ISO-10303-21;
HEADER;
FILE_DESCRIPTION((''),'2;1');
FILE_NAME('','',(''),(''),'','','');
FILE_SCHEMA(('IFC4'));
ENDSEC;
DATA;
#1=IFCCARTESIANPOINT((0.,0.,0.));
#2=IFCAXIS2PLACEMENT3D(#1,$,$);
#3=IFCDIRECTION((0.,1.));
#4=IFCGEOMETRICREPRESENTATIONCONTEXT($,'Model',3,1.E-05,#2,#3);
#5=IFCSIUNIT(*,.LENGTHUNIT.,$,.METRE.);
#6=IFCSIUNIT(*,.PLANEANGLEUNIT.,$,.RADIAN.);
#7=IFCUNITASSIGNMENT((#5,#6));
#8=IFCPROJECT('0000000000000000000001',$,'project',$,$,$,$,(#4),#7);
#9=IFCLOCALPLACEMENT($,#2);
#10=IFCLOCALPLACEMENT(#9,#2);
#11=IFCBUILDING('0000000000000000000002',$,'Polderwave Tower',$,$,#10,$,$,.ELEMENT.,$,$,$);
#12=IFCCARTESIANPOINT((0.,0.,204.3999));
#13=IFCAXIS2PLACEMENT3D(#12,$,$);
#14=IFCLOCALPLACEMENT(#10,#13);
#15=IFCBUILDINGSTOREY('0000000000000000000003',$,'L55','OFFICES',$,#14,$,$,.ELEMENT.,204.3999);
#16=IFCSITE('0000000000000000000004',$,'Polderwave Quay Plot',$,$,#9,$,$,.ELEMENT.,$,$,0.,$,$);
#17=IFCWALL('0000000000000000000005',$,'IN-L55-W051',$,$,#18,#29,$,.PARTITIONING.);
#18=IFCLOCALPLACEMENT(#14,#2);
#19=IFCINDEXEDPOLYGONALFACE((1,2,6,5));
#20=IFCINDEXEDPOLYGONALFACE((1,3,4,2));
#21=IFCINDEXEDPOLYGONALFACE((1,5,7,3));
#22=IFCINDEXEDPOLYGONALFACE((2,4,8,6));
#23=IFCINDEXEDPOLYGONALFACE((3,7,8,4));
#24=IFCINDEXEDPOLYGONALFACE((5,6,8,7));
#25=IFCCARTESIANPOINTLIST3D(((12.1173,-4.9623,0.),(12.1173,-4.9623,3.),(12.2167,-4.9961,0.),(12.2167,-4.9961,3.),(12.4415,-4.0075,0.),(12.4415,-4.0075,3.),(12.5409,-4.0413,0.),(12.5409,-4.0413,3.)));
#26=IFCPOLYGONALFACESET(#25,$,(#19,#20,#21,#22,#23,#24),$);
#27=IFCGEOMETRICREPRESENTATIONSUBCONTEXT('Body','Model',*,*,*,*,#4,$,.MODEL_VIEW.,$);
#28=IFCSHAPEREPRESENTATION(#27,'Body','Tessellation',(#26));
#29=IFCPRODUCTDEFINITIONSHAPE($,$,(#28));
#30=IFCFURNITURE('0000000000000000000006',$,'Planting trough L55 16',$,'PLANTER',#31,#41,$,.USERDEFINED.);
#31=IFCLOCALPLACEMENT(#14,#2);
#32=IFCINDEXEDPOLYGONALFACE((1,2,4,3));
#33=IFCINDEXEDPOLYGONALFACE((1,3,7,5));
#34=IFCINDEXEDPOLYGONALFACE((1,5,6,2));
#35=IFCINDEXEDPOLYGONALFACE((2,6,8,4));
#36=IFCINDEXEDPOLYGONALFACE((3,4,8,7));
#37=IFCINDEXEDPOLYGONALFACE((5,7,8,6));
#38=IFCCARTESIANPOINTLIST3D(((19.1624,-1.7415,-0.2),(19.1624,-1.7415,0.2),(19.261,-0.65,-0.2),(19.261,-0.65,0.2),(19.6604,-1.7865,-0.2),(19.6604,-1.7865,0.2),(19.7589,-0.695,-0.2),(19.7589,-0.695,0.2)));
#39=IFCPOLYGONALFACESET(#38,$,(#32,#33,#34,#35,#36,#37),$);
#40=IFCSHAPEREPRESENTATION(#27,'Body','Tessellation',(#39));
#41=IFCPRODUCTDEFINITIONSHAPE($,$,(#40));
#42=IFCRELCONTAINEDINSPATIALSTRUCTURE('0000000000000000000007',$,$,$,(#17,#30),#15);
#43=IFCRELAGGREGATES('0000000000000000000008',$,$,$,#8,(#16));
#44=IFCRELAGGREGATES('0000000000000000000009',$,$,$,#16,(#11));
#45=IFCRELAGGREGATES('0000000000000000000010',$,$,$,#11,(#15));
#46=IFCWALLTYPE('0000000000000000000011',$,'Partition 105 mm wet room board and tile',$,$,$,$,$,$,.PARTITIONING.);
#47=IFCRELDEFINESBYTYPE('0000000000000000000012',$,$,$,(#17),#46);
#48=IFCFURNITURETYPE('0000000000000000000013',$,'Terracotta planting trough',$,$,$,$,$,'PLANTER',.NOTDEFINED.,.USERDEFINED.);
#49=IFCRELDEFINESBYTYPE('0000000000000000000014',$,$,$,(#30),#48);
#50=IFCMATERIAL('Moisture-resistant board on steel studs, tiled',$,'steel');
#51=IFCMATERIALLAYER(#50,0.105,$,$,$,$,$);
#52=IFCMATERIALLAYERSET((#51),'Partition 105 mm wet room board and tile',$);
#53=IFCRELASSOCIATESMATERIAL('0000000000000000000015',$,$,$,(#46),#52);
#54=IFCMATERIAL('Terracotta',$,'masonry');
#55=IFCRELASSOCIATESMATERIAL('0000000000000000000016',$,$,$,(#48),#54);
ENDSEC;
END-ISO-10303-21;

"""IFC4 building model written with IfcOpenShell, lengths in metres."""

from ifc_helpers import new_model, si_unit, direction, frame, frame_2d, origin, origin_2d, place, context, subcontext, project, spatial, rectangle, extrude, material, layer, layer_set, type_object, element, save


model = new_model("IFC4")

# Units and contexts
model_context = context("Model", 3, precision=1e-05, world=origin(), true_north=direction((0.0, 1.0)))
body_context = subcontext(model_context, "Body", "Model", "MODEL_VIEW")
ifc_project = project(units=[si_unit("LENGTHUNIT", "METRE"), si_unit("PLANEANGLEUNIT", "RADIAN")], contexts=[model_context])

# Site, building, storey
site_placement = place(None, origin())
site = spatial("IfcSite", under=ifc_project, at=site_placement, Name="Polderwave Quay Plot", CompositionType="ELEMENT", RefElevation=0.0)
building_placement = place(site_placement, origin())
building = spatial("IfcBuilding", under=site, at=building_placement, Name="Polderwave Tower", CompositionType="ELEMENT")
storey_placement = place(building_placement, frame((0.0, 0.0, 204.3999)))
storey = spatial("IfcBuildingStorey", under=building, at=storey_placement, Name="L55", Description="OFFICES", CompositionType="ELEMENT", Elevation=204.3999)

# Wall
ifc_material_1 = material(Name="Moisture-resistant board on steel studs, tiled", Category="steel")
ifc_layer_1 = layer(ifc_material_1, 0.105)
ifc_layer_set_1 = layer_set([ifc_layer_1], Name="Partition 105 mm wet room board and tile")
wall_type_1 = type_object("IfcWallType", Name="Partition 105 mm wet room board and tile", PredefinedType="PARTITIONING", material=ifc_layer_set_1)
wall_1_placement = place(storey_placement, frame((12.4912, -4.0244, 0.0), z_axis=(0.0, 0.0, 1.0), x_axis=(-0.321525, -0.946901, 0.0)))
element("IfcWall", 1, at=wall_1_placement, inside=storey, type_object=wall_type_1, Name="IN-L55-W051", PredefinedType="PARTITIONING", context=body_context, shape_type="SweptSolid", body=[
    extrude(rectangle(XDim=1.0083, YDim=0.105, at=frame_2d((0.5042, 0.0))), origin(), (0.0, 0.0, 1.0), 3.0),
])

# Furniture
ifc_material_2 = material(Name="Terracotta", Category="masonry")
furniture_type = type_object("IfcFurnitureType", Name="Terracotta planting trough", ElementType="PLANTER", AssemblyPlace="NOTDEFINED", PredefinedType="USERDEFINED", material=ifc_material_2)
furniture_placement = place(storey_placement, frame((19.4607, -1.2183, -0.2), z_axis=(0.0, 0.0, 1.0), x_axis=(0.089892, 0.995952, 0.0)))
element("IfcFurniture", 2, at=furniture_placement, inside=storey, type_object=furniture_type, Name="Planting trough L55 16", ObjectType="PLANTER", PredefinedType="USERDEFINED", context=body_context, shape_type="SweptSolid", body=[
    extrude(rectangle(XDim=1.0959, YDim=0.5, at=origin_2d()), origin(), (0.0, 0.0, 1.0), 0.3999),
])

save(model, "model.ifc")
